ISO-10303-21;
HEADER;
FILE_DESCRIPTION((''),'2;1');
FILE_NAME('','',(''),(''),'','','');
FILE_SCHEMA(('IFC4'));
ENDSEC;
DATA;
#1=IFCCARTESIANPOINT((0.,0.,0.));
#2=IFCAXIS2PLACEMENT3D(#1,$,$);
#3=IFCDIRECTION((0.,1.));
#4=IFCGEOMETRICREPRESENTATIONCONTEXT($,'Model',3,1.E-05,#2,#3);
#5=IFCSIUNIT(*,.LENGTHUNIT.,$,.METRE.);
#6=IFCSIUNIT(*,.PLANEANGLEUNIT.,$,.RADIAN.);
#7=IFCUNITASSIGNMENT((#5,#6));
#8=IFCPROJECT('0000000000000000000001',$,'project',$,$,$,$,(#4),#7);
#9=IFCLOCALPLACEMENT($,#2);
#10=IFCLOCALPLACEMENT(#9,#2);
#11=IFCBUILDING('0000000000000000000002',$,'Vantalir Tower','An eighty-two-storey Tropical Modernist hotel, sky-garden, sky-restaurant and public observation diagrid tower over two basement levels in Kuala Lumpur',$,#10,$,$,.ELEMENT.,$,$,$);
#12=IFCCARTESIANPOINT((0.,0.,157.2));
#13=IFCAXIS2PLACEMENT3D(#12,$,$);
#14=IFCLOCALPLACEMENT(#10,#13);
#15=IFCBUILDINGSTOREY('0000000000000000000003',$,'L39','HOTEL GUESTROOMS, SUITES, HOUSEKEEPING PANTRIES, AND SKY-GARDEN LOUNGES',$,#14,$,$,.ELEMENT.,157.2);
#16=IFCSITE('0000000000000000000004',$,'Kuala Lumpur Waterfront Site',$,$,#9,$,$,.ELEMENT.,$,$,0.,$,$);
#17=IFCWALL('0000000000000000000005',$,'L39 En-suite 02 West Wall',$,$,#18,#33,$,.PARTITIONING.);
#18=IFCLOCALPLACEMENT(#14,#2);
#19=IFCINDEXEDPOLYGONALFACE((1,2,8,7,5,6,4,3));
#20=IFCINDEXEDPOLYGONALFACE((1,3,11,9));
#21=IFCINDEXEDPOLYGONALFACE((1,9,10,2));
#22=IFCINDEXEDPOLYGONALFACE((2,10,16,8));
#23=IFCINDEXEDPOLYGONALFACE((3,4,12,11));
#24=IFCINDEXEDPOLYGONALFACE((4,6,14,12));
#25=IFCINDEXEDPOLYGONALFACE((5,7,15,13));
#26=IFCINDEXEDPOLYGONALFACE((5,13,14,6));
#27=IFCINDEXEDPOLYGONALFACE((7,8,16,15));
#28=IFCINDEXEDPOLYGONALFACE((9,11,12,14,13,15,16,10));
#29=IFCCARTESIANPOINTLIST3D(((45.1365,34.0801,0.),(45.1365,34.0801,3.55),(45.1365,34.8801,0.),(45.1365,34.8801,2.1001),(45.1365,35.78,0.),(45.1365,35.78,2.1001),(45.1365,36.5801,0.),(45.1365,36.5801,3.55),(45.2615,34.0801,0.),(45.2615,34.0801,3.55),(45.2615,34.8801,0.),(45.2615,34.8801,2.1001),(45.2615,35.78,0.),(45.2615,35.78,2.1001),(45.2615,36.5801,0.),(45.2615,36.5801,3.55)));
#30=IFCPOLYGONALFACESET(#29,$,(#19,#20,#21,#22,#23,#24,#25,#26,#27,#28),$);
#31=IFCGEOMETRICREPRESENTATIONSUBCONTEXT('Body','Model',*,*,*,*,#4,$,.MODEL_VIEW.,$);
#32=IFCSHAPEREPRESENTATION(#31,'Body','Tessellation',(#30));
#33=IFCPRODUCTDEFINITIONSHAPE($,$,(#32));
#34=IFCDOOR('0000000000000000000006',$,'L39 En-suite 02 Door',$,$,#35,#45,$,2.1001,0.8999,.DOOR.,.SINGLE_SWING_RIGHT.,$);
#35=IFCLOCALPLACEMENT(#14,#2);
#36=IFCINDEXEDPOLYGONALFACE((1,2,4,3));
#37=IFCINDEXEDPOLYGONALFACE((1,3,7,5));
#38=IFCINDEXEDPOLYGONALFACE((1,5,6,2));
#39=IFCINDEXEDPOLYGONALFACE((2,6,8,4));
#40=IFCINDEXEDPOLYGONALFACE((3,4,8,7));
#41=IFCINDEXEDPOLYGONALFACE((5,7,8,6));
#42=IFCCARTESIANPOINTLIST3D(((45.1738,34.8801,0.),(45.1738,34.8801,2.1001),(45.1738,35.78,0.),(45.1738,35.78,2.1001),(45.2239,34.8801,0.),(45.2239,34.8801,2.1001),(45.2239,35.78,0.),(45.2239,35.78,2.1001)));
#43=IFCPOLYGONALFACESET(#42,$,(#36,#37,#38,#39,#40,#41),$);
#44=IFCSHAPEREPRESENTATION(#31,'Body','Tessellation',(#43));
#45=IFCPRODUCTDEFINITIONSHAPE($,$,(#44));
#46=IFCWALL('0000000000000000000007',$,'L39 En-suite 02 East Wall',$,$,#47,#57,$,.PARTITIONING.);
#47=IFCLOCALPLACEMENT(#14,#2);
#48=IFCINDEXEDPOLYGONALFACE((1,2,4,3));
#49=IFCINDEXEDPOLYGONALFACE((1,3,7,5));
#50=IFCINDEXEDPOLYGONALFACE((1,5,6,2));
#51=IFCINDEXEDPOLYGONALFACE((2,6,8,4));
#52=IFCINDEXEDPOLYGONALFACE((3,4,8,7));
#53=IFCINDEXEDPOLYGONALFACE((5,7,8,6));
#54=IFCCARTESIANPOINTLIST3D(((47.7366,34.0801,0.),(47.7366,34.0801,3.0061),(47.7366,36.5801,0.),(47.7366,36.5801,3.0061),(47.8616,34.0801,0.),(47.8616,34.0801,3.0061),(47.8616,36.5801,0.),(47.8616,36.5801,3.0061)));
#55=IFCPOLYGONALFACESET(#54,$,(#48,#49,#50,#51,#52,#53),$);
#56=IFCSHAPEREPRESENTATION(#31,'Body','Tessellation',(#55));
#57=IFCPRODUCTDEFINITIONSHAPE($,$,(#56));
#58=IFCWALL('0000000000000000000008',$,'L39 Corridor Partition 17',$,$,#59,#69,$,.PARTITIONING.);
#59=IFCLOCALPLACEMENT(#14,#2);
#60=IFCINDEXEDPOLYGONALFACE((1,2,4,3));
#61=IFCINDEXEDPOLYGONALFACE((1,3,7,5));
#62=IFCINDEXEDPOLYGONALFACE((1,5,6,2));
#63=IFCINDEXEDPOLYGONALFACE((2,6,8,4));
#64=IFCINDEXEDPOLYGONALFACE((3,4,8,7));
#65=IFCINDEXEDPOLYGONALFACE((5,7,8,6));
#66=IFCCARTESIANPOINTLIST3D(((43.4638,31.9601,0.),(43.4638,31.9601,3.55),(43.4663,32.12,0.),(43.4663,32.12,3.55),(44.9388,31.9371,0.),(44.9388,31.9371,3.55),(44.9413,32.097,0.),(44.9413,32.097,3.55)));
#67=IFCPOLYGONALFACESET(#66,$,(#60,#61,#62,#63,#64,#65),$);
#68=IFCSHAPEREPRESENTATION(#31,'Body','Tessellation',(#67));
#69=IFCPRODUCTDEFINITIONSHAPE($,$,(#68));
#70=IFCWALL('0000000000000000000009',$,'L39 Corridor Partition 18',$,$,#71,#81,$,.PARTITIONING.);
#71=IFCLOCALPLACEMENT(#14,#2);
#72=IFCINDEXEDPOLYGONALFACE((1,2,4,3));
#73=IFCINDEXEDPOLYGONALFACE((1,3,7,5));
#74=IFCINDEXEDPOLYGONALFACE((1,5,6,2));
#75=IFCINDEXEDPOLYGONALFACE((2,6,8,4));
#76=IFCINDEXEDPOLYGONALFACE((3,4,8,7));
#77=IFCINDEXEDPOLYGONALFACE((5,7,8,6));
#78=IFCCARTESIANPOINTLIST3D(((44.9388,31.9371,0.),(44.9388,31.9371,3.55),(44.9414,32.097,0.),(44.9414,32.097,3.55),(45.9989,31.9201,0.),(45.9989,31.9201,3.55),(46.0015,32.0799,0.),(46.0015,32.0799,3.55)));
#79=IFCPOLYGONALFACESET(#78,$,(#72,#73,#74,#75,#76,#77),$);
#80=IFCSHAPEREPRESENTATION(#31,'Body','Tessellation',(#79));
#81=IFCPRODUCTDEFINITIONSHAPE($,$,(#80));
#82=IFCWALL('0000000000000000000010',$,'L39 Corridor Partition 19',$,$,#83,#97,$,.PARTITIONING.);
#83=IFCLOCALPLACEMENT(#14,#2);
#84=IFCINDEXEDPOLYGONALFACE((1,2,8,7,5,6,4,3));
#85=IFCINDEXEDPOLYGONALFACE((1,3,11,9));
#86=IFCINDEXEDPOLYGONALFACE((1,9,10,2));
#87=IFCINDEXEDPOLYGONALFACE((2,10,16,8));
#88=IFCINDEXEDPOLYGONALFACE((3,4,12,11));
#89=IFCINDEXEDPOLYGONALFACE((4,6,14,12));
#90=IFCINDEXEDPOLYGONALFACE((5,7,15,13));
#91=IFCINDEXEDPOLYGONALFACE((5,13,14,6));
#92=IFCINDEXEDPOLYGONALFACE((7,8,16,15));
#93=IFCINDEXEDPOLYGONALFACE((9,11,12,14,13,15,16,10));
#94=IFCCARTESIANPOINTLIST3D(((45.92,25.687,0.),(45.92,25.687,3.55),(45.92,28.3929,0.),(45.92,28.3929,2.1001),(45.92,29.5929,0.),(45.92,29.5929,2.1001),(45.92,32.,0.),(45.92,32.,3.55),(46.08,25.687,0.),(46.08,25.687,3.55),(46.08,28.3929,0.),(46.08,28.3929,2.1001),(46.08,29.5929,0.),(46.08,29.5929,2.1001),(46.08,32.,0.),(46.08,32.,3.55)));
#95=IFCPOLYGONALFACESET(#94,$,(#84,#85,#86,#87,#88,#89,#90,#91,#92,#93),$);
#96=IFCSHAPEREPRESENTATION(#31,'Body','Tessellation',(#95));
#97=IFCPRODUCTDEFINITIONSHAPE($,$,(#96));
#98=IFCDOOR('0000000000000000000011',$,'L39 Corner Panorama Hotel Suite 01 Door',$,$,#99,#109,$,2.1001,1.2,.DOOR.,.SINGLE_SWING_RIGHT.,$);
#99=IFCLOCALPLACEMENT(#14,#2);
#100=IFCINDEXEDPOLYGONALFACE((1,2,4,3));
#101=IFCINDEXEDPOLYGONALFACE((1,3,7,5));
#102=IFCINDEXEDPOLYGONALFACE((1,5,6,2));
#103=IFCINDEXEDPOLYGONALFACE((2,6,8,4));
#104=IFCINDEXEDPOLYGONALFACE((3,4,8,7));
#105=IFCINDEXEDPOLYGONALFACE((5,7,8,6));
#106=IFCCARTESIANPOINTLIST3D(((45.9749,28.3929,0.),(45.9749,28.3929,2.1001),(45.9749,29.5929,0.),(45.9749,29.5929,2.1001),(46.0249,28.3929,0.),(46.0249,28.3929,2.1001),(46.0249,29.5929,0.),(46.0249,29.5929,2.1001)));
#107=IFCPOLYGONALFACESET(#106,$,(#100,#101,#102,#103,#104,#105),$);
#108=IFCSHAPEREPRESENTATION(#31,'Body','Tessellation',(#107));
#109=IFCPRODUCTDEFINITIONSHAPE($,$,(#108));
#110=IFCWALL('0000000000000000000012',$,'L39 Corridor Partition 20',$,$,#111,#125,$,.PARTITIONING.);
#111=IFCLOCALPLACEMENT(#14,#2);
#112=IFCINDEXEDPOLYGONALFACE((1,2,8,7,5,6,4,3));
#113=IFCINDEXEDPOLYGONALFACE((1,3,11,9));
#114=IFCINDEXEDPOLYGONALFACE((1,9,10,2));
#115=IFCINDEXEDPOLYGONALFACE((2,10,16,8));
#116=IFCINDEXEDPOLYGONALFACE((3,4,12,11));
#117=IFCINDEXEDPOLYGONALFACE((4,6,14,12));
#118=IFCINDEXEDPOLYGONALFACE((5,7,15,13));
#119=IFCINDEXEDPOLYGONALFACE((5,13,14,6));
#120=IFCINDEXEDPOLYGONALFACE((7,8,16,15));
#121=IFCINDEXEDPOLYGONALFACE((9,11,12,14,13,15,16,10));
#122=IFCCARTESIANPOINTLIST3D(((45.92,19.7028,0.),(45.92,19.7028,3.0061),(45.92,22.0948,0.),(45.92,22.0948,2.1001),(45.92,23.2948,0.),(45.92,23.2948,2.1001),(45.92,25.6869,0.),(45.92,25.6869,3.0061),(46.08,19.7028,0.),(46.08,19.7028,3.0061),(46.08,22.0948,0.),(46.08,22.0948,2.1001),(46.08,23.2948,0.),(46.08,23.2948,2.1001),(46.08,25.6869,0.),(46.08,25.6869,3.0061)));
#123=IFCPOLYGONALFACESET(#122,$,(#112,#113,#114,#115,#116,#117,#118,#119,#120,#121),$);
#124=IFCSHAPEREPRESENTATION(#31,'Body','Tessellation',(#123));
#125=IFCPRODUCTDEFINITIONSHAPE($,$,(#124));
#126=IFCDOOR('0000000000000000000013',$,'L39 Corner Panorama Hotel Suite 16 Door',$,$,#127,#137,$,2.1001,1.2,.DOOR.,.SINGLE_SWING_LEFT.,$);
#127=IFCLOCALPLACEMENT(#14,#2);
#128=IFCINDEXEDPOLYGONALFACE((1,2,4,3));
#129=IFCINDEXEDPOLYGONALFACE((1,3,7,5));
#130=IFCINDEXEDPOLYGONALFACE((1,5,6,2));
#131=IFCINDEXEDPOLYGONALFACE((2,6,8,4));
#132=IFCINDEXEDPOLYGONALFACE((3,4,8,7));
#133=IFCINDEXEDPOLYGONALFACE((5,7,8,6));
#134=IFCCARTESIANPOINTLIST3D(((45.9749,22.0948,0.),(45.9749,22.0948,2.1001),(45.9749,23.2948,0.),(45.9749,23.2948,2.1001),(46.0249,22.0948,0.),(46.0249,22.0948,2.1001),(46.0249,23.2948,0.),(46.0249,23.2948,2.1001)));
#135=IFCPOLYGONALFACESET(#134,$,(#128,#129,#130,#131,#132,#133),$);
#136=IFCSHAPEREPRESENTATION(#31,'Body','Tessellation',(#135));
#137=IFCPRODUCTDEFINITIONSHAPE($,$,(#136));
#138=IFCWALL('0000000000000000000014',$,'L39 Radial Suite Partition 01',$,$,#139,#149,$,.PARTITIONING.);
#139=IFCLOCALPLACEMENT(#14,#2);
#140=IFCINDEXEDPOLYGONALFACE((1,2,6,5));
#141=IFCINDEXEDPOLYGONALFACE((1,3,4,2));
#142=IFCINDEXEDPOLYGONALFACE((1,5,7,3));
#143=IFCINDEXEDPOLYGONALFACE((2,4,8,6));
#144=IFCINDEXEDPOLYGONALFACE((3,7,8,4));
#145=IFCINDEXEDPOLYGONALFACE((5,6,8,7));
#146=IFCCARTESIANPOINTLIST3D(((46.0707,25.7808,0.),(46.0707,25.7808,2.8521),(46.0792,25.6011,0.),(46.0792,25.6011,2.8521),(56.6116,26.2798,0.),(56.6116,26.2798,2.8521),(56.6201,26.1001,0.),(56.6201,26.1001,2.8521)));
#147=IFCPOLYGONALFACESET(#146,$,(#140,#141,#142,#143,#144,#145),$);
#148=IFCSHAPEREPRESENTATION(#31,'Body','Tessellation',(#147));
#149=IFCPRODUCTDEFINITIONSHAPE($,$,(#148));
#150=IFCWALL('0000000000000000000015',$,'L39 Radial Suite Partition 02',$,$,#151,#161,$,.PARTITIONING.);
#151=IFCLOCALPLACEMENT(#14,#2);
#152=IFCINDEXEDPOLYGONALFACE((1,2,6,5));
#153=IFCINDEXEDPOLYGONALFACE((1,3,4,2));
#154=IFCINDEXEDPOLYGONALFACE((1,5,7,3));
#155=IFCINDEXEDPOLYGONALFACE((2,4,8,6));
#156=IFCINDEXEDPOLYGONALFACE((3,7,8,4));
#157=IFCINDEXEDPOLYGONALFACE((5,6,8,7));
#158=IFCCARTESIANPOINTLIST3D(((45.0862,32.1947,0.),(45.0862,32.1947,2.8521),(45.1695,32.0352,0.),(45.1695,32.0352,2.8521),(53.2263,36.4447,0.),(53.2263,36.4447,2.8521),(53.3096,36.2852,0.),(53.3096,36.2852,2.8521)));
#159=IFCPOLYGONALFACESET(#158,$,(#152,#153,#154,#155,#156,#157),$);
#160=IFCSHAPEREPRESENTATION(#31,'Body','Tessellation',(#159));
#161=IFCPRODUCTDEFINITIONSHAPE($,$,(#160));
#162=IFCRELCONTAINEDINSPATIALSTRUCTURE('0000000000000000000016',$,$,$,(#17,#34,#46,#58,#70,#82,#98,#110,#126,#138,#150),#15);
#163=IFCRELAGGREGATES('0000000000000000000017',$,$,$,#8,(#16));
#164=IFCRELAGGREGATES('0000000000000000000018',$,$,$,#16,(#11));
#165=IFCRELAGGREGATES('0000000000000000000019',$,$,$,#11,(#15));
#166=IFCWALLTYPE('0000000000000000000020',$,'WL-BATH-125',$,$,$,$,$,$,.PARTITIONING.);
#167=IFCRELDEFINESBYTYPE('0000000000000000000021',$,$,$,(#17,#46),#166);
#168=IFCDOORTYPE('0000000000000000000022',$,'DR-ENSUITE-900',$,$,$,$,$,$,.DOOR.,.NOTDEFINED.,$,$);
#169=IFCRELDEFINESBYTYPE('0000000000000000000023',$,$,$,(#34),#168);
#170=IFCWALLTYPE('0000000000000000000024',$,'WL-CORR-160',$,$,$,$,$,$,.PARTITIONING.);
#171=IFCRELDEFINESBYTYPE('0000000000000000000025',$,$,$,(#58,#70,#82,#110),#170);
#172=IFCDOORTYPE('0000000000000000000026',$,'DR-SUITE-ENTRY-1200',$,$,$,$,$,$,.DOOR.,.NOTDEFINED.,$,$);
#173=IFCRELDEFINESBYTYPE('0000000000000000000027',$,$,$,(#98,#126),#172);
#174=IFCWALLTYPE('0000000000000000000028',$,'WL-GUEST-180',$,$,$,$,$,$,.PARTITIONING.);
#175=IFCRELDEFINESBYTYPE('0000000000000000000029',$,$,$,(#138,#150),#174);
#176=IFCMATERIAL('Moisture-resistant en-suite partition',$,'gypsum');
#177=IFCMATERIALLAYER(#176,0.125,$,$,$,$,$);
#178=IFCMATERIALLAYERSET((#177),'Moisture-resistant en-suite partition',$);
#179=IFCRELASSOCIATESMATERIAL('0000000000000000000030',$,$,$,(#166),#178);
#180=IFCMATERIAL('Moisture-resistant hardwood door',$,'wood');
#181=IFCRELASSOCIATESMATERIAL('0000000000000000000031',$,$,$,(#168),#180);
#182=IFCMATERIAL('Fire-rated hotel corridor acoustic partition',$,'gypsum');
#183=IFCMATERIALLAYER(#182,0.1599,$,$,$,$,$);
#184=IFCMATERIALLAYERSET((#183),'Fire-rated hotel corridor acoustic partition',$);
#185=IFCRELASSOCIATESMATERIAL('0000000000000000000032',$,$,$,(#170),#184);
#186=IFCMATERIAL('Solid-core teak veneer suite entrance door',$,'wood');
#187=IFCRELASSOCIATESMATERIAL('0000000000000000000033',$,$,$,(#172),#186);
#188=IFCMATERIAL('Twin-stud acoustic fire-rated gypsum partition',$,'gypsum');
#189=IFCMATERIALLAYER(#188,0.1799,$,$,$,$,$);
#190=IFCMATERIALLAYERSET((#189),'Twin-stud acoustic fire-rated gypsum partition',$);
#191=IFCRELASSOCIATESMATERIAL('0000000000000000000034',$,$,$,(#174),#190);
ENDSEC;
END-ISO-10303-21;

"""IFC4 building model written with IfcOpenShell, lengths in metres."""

from ifc_helpers import new_model, si_unit, direction, frame, frame_2d, origin, place, context, subcontext, project, spatial, rectangle, extrude, material, layer, layer_set, type_object, element, fill, save


model = new_model("IFC4")

# Units and contexts
model_context = context("Model", 3, precision=1e-05, world=origin(), true_north=direction((0.0, 1.0)))
body_context = subcontext(model_context, "Body", "Model", "MODEL_VIEW")
ifc_project = project(units=[si_unit("LENGTHUNIT", "METRE"), si_unit("PLANEANGLEUNIT", "RADIAN")], contexts=[model_context])

# Site, building, storey
site_placement = place(None, origin())
site = spatial("IfcSite", under=ifc_project, at=site_placement, Name="Kuala Lumpur Waterfront Site", CompositionType="ELEMENT", RefElevation=0.0)
building_placement = place(site_placement, origin())
building = spatial("IfcBuilding", under=site, at=building_placement, Name="Vantalir Tower", Description="An eighty-two-storey Tropical Modernist hotel, sky-garden, sky-restaurant and public observation diagrid tower over two basement levels in Kuala Lumpur", CompositionType="ELEMENT")
storey_placement = place(building_placement, frame((0.0, 0.0, 157.2)))
storey = spatial("IfcBuildingStorey", under=building, at=storey_placement, Name="L39", Description="HOTEL GUESTROOMS, SUITES, HOUSEKEEPING PANTRIES, AND SKY-GARDEN LOUNGES", CompositionType="ELEMENT", Elevation=157.2)

# Shared definitions
ifc_material_1 = material(Name="Moisture-resistant en-suite partition", Category="gypsum")
ifc_layer_1 = layer(ifc_material_1, 0.125)
ifc_layer_set_1 = layer_set([ifc_layer_1], Name="Moisture-resistant en-suite partition")
wall_type_1 = type_object("IfcWallType", Name="WL-BATH-125", PredefinedType="PARTITIONING", material=ifc_layer_set_1)

# Shared definitions
ifc_material_2 = material(Name="Moisture-resistant hardwood door", Category="wood")
door_type_1 = type_object("IfcDoorType", Name="DR-ENSUITE-900", OperationType="NOTDEFINED", PredefinedType="DOOR", material=ifc_material_2)

# Wall, opening, door
wall_1_placement = place(storey_placement, frame((45.199, 34.0801, 0.0), z_axis=(0.0, 0.0, 1.0), x_axis=(0.0, 1.0, 0.0)))
wall_1 = element("IfcWall", 1, at=wall_1_placement, inside=storey, type_object=wall_type_1, Name="L39 En-suite 02 West Wall", PredefinedType="PARTITIONING", context=body_context, shape_type="SweptSolid", body=[
    extrude(rectangle(XDim=2.5, YDim=0.125, at=frame_2d((1.25, 0.0))), origin(), (0.0, 0.0, 1.0), 3.55),
])
opening_1_placement = place(wall_1_placement, frame((0.8, 0.0, 0.0)))
opening_1 = element("IfcOpeningElement", 2, at=opening_1_placement, cuts=wall_1, PredefinedType="OPENING", context=body_context, shape_type="SweptSolid", body=[
    extrude(rectangle(XDim=0.8999, YDim=2.1001, at=frame_2d((0.45, 1.05))), frame((0.0, 0.0725, 0.0), z_axis=(0.0, -1.0, 0.0), x_axis=(1.0, 0.0, 0.0)), (0.0, 0.0, 1.0), 0.145),
])
door_1_placement = place(opening_1_placement, frame((0.8999, 0.0, 0.0), z_axis=(0.0, 0.0, 1.0), x_axis=(-1.0, 0.0, 0.0)))
door_1 = element("IfcDoor", 3, at=door_1_placement, inside=storey, type_object=door_type_1, Name="L39 En-suite 02 Door", OperationType="SINGLE_SWING_RIGHT", OverallHeight=2.1001, OverallWidth=0.8999, PredefinedType="DOOR", context=body_context, shape_type="SweptSolid", body=[
    extrude(rectangle(XDim=0.8999, YDim=2.1001, at=frame_2d((0.45, 1.05))), frame((0.0, 0.0249, 0.0), z_axis=(0.0, -1.0, 0.0), x_axis=(1.0, 0.0, 0.0)), (0.0, 0.0, 1.0), 0.05),
])
fill(opening_1, door_1)

# Walls
wall_2_placement = place(storey_placement, frame((47.7991, 34.0801, 0.0), z_axis=(0.0, 0.0, 1.0), x_axis=(0.0, 1.0, 0.0)))
element("IfcWall", 4, at=wall_2_placement, inside=storey, type_object=wall_type_1, Name="L39 En-suite 02 East Wall", PredefinedType="PARTITIONING", context=body_context, shape_type="SweptSolid", body=[
    extrude(rectangle(XDim=2.5, YDim=0.125, at=frame_2d((1.25, 0.0))), origin(), (0.0, 0.0, 1.0), 3.0061),
])
ifc_material_3 = material(Name="Fire-rated hotel corridor acoustic partition", Category="gypsum")
ifc_layer_2 = layer(ifc_material_3, 0.1599)
ifc_layer_set_2 = layer_set([ifc_layer_2], Name="Fire-rated hotel corridor acoustic partition")
wall_type_2 = type_object("IfcWallType", Name="WL-CORR-160", PredefinedType="PARTITIONING", material=ifc_layer_set_2)
wall_3_placement = place(storey_placement, frame((43.4651, 32.04, 0.0), z_axis=(0.0, 0.0, 1.0), x_axis=(0.999879, -0.015558, 0.0)))
element("IfcWall", 5, at=wall_3_placement, inside=storey, type_object=wall_type_2, Name="L39 Corridor Partition 17", PredefinedType="PARTITIONING", context=body_context, shape_type="SweptSolid", body=[
    extrude(rectangle(XDim=1.4751, YDim=0.1599, at=frame_2d((0.7375, 0.0))), origin(), (0.0, 0.0, 1.0), 3.55),
])
wall_4_placement = place(storey_placement, frame((44.9399, 32.0171, 0.0), z_axis=(0.0, 0.0, 1.0), x_axis=(0.99987, -0.01612, 0.0)))
element("IfcWall", 6, at=wall_4_placement, inside=storey, type_object=wall_type_2, Name="L39 Corridor Partition 18", PredefinedType="PARTITIONING", context=body_context, shape_type="SweptSolid", body=[
    extrude(rectangle(XDim=1.0603, YDim=0.1599, at=frame_2d((0.5303, 0.0))), origin(), (0.0, 0.0, 1.0), 3.55),
])

# Walls, openings, doors
wall_5_placement = place(storey_placement, frame((46.0, 32.0, 0.0), z_axis=(0.0, 0.0, 1.0), x_axis=(0.0, -1.0, 0.0)))
wall_5 = element("IfcWall", 7, at=wall_5_placement, inside=storey, type_object=wall_type_2, Name="L39 Corridor Partition 19", PredefinedType="PARTITIONING", context=body_context, shape_type="SweptSolid", body=[
    extrude(rectangle(XDim=6.313, YDim=0.1599, at=frame_2d((3.1565, 0.0))), origin(), (0.0, 0.0, 1.0), 3.55),
])
opening_2_placement = place(wall_5_placement, frame((2.407, 0.0, 0.0)))
opening_2 = element("IfcOpeningElement", 8, at=opening_2_placement, cuts=wall_5, PredefinedType="OPENING", context=body_context, shape_type="SweptSolid", body=[
    extrude(rectangle(XDim=1.2, YDim=2.1001, at=frame_2d((0.6001, 1.05))), frame((0.0, 0.0898, 0.0), z_axis=(0.0, -1.0, 0.0), x_axis=(1.0, 0.0, 0.0)), (0.0, 0.0, 1.0), 0.1799),
])
ifc_material_4 = material(Name="Solid-core teak veneer suite entrance door", Category="wood")
door_type_2 = type_object("IfcDoorType", Name="DR-SUITE-ENTRY-1200", OperationType="NOTDEFINED", PredefinedType="DOOR", material=ifc_material_4)
door_2_placement = place(opening_2_placement, origin())
door_2 = element("IfcDoor", 9, at=door_2_placement, inside=storey, type_object=door_type_2, Name="L39 Corner Panorama Hotel Suite 01 Door", OperationType="SINGLE_SWING_RIGHT", OverallHeight=2.1001, OverallWidth=1.2, PredefinedType="DOOR", context=body_context, shape_type="SweptSolid", body=[
    extrude(rectangle(XDim=1.2, YDim=2.1001, at=frame_2d((0.6001, 1.05))), frame((0.0, 0.0249, 0.0), z_axis=(0.0, -1.0, 0.0), x_axis=(1.0, 0.0, 0.0)), (0.0, 0.0, 1.0), 0.05),
])
fill(opening_2, door_2)
wall_6_placement = place(storey_placement, frame((46.0, 25.687, 0.0), z_axis=(0.0, 0.0, 1.0), x_axis=(0.0, -1.0, 0.0)))
wall_6 = element("IfcWall", 10, at=wall_6_placement, inside=storey, type_object=wall_type_2, Name="L39 Corridor Partition 20", PredefinedType="PARTITIONING", context=body_context, shape_type="SweptSolid", body=[
    extrude(rectangle(XDim=5.9841, YDim=0.1599, at=frame_2d((2.9922, 0.0))), origin(), (0.0, 0.0, 1.0), 3.0061),
])
opening_3_placement = place(wall_6_placement, frame((2.3921, 0.0, 0.0)))
opening_3 = element("IfcOpeningElement", 11, at=opening_3_placement, cuts=wall_6, PredefinedType="OPENING", context=body_context, shape_type="SweptSolid", body=[
    extrude(rectangle(XDim=1.2, YDim=2.1001, at=frame_2d((0.6001, 1.05))), frame((0.0, 0.0898, 0.0), z_axis=(0.0, -1.0, 0.0), x_axis=(1.0, 0.0, 0.0)), (0.0, 0.0, 1.0), 0.1799),
])
door_3_placement = place(opening_3_placement, origin())
door_3 = element("IfcDoor", 12, at=door_3_placement, inside=storey, type_object=door_type_2, Name="L39 Corner Panorama Hotel Suite 16 Door", OperationType="SINGLE_SWING_LEFT", OverallHeight=2.1001, OverallWidth=1.2, PredefinedType="DOOR", context=body_context, shape_type="SweptSolid", body=[
    extrude(rectangle(XDim=1.2, YDim=2.1001, at=frame_2d((0.6001, 1.05))), frame((0.0, 0.0249, 0.0), z_axis=(0.0, -1.0, 0.0), x_axis=(1.0, 0.0, 0.0)), (0.0, 0.0, 1.0), 0.05),
])
fill(opening_3, door_3)

# Walls
ifc_material_5 = material(Name="Twin-stud acoustic fire-rated gypsum partition", Category="gypsum")
ifc_layer_3 = layer(ifc_material_5, 0.1799)
ifc_layer_set_3 = layer_set([ifc_layer_3], Name="Twin-stud acoustic fire-rated gypsum partition")
wall_type_3 = type_object("IfcWallType", Name="WL-GUEST-180", PredefinedType="PARTITIONING", material=ifc_layer_set_3)
wall_7_placement = place(storey_placement, frame((46.075, 25.6909, 0.0), z_axis=(0.0, 0.0, 1.0), x_axis=(0.998881, 0.047288, 0.0)))
element("IfcWall", 13, at=wall_7_placement, inside=storey, type_object=wall_type_3, Name="L39 Radial Suite Partition 01", PredefinedType="PARTITIONING", context=body_context, shape_type="SweptSolid", body=[
    extrude(rectangle(XDim=10.5527, YDim=0.1799, at=frame_2d((5.2764, 0.0))), origin(), (0.0, 0.0, 1.0), 2.8521),
])
wall_8_placement = place(storey_placement, frame((45.1279, 32.115, 0.0), z_axis=(0.0, 0.0, 1.0), x_axis=(0.886452, 0.46282, 0.0)))
element("IfcWall", 14, at=wall_8_placement, inside=storey, type_object=wall_type_3, Name="L39 Radial Suite Partition 02", PredefinedType="PARTITIONING", context=body_context, shape_type="SweptSolid", body=[
    extrude(rectangle(XDim=9.1829, YDim=0.1799, at=frame_2d((4.5913, 0.0))), origin(), (0.0, 0.0, 1.0), 2.8521),
])

save(model, "model.ifc")
